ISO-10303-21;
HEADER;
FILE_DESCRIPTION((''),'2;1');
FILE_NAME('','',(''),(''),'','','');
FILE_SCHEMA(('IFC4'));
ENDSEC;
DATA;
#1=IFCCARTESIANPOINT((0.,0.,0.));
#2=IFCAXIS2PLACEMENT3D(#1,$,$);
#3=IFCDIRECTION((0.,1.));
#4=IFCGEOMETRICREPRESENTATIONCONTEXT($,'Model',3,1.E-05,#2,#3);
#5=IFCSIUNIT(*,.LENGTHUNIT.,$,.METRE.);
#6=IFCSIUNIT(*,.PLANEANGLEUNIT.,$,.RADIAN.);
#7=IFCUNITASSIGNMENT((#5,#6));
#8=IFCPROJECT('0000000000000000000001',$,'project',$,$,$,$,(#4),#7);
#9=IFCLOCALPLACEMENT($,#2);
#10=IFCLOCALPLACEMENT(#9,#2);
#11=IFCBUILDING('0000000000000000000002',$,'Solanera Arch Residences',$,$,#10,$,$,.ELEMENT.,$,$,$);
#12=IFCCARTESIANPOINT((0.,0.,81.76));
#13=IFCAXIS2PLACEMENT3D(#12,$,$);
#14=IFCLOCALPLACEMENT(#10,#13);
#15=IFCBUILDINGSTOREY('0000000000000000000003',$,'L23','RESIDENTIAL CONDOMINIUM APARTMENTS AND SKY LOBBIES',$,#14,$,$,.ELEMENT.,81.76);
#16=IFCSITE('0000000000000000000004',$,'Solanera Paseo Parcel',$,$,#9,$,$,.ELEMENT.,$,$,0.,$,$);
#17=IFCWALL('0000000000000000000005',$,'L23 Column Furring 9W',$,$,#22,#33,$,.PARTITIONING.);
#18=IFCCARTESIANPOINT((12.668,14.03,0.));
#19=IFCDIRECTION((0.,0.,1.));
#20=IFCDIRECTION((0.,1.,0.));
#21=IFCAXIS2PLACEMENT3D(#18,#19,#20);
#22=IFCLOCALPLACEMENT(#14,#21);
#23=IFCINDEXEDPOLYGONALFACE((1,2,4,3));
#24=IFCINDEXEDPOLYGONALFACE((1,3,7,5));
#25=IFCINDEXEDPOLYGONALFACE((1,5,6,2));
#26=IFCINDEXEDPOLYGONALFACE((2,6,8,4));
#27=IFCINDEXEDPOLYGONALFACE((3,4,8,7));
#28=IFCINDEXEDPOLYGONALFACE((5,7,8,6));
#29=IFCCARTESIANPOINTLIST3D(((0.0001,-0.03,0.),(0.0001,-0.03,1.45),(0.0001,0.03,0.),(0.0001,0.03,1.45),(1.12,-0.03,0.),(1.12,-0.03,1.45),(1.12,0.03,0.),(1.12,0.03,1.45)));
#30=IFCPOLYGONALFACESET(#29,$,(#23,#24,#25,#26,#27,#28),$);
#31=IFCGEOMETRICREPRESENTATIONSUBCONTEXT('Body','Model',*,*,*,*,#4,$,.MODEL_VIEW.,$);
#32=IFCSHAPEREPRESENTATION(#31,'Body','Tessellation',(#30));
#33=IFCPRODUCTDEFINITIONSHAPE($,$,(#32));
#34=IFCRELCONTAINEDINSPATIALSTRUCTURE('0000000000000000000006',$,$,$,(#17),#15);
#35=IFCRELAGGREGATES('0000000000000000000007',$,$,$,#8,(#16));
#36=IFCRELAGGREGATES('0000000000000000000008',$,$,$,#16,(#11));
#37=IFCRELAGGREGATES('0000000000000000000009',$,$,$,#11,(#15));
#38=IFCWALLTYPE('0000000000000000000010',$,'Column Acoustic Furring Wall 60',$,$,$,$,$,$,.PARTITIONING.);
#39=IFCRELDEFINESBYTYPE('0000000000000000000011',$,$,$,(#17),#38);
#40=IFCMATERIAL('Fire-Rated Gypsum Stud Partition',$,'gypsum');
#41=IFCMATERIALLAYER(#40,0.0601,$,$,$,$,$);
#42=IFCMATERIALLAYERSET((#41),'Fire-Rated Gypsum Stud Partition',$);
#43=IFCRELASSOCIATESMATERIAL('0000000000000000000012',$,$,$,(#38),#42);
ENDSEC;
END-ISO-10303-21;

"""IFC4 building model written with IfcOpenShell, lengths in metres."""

from ifc_helpers import new_model, si_unit, direction, frame, frame_2d, origin, place, context, subcontext, project, spatial, rectangle, extrude, material, layer, layer_set, type_object, element, save


model = new_model("IFC4")

# Units and contexts
model_context = context("Model", 3, precision=1e-05, world=origin(), true_north=direction((0.0, 1.0)))
body_context = subcontext(model_context, "Body", "Model", "MODEL_VIEW")
ifc_project = project(units=[si_unit("LENGTHUNIT", "METRE"), si_unit("PLANEANGLEUNIT", "RADIAN")], contexts=[model_context])

# Site, building, storey
site_placement = place(None, origin())
site = spatial("IfcSite", under=ifc_project, at=site_placement, Name="Solanera Paseo Parcel", CompositionType="ELEMENT", RefElevation=0.0)
building_placement = place(site_placement, origin())
building = spatial("IfcBuilding", under=site, at=building_placement, Name="Solanera Arch Residences", CompositionType="ELEMENT")
storey_placement = place(building_placement, frame((0.0, 0.0, 81.76)))
storey = spatial("IfcBuildingStorey", under=building, at=storey_placement, Name="L23", Description="RESIDENTIAL CONDOMINIUM APARTMENTS AND SKY LOBBIES", CompositionType="ELEMENT", Elevation=81.76)

# Wall
ifc_material_1 = material(Name="Fire-Rated Gypsum Stud Partition", Category="gypsum")
ifc_layer_1 = layer(ifc_material_1, 0.0601)
ifc_layer_set_1 = layer_set([ifc_layer_1], Name="Fire-Rated Gypsum Stud Partition")
wall_type_1 = type_object("IfcWallType", Name="Column Acoustic Furring Wall 60", PredefinedType="PARTITIONING", material=ifc_layer_set_1)
wall_1_placement = place(storey_placement, frame((12.668, 14.03, 0.0), z_axis=(0.0, 0.0, 1.0), x_axis=(0.0, 1.0, 0.0)))
element("IfcWall", 1, at=wall_1_placement, inside=storey, type_object=wall_type_1, Name="L23 Column Furring 9W", PredefinedType="PARTITIONING", context=body_context, shape_type="SweptSolid", body=[
    extrude(rectangle(XDim=1.1199, YDim=0.0601, at=frame_2d((0.5601, 0.0))), origin(), (0.0, 0.0, 1.0), 1.45),
])

save(model, "model.ifc")
